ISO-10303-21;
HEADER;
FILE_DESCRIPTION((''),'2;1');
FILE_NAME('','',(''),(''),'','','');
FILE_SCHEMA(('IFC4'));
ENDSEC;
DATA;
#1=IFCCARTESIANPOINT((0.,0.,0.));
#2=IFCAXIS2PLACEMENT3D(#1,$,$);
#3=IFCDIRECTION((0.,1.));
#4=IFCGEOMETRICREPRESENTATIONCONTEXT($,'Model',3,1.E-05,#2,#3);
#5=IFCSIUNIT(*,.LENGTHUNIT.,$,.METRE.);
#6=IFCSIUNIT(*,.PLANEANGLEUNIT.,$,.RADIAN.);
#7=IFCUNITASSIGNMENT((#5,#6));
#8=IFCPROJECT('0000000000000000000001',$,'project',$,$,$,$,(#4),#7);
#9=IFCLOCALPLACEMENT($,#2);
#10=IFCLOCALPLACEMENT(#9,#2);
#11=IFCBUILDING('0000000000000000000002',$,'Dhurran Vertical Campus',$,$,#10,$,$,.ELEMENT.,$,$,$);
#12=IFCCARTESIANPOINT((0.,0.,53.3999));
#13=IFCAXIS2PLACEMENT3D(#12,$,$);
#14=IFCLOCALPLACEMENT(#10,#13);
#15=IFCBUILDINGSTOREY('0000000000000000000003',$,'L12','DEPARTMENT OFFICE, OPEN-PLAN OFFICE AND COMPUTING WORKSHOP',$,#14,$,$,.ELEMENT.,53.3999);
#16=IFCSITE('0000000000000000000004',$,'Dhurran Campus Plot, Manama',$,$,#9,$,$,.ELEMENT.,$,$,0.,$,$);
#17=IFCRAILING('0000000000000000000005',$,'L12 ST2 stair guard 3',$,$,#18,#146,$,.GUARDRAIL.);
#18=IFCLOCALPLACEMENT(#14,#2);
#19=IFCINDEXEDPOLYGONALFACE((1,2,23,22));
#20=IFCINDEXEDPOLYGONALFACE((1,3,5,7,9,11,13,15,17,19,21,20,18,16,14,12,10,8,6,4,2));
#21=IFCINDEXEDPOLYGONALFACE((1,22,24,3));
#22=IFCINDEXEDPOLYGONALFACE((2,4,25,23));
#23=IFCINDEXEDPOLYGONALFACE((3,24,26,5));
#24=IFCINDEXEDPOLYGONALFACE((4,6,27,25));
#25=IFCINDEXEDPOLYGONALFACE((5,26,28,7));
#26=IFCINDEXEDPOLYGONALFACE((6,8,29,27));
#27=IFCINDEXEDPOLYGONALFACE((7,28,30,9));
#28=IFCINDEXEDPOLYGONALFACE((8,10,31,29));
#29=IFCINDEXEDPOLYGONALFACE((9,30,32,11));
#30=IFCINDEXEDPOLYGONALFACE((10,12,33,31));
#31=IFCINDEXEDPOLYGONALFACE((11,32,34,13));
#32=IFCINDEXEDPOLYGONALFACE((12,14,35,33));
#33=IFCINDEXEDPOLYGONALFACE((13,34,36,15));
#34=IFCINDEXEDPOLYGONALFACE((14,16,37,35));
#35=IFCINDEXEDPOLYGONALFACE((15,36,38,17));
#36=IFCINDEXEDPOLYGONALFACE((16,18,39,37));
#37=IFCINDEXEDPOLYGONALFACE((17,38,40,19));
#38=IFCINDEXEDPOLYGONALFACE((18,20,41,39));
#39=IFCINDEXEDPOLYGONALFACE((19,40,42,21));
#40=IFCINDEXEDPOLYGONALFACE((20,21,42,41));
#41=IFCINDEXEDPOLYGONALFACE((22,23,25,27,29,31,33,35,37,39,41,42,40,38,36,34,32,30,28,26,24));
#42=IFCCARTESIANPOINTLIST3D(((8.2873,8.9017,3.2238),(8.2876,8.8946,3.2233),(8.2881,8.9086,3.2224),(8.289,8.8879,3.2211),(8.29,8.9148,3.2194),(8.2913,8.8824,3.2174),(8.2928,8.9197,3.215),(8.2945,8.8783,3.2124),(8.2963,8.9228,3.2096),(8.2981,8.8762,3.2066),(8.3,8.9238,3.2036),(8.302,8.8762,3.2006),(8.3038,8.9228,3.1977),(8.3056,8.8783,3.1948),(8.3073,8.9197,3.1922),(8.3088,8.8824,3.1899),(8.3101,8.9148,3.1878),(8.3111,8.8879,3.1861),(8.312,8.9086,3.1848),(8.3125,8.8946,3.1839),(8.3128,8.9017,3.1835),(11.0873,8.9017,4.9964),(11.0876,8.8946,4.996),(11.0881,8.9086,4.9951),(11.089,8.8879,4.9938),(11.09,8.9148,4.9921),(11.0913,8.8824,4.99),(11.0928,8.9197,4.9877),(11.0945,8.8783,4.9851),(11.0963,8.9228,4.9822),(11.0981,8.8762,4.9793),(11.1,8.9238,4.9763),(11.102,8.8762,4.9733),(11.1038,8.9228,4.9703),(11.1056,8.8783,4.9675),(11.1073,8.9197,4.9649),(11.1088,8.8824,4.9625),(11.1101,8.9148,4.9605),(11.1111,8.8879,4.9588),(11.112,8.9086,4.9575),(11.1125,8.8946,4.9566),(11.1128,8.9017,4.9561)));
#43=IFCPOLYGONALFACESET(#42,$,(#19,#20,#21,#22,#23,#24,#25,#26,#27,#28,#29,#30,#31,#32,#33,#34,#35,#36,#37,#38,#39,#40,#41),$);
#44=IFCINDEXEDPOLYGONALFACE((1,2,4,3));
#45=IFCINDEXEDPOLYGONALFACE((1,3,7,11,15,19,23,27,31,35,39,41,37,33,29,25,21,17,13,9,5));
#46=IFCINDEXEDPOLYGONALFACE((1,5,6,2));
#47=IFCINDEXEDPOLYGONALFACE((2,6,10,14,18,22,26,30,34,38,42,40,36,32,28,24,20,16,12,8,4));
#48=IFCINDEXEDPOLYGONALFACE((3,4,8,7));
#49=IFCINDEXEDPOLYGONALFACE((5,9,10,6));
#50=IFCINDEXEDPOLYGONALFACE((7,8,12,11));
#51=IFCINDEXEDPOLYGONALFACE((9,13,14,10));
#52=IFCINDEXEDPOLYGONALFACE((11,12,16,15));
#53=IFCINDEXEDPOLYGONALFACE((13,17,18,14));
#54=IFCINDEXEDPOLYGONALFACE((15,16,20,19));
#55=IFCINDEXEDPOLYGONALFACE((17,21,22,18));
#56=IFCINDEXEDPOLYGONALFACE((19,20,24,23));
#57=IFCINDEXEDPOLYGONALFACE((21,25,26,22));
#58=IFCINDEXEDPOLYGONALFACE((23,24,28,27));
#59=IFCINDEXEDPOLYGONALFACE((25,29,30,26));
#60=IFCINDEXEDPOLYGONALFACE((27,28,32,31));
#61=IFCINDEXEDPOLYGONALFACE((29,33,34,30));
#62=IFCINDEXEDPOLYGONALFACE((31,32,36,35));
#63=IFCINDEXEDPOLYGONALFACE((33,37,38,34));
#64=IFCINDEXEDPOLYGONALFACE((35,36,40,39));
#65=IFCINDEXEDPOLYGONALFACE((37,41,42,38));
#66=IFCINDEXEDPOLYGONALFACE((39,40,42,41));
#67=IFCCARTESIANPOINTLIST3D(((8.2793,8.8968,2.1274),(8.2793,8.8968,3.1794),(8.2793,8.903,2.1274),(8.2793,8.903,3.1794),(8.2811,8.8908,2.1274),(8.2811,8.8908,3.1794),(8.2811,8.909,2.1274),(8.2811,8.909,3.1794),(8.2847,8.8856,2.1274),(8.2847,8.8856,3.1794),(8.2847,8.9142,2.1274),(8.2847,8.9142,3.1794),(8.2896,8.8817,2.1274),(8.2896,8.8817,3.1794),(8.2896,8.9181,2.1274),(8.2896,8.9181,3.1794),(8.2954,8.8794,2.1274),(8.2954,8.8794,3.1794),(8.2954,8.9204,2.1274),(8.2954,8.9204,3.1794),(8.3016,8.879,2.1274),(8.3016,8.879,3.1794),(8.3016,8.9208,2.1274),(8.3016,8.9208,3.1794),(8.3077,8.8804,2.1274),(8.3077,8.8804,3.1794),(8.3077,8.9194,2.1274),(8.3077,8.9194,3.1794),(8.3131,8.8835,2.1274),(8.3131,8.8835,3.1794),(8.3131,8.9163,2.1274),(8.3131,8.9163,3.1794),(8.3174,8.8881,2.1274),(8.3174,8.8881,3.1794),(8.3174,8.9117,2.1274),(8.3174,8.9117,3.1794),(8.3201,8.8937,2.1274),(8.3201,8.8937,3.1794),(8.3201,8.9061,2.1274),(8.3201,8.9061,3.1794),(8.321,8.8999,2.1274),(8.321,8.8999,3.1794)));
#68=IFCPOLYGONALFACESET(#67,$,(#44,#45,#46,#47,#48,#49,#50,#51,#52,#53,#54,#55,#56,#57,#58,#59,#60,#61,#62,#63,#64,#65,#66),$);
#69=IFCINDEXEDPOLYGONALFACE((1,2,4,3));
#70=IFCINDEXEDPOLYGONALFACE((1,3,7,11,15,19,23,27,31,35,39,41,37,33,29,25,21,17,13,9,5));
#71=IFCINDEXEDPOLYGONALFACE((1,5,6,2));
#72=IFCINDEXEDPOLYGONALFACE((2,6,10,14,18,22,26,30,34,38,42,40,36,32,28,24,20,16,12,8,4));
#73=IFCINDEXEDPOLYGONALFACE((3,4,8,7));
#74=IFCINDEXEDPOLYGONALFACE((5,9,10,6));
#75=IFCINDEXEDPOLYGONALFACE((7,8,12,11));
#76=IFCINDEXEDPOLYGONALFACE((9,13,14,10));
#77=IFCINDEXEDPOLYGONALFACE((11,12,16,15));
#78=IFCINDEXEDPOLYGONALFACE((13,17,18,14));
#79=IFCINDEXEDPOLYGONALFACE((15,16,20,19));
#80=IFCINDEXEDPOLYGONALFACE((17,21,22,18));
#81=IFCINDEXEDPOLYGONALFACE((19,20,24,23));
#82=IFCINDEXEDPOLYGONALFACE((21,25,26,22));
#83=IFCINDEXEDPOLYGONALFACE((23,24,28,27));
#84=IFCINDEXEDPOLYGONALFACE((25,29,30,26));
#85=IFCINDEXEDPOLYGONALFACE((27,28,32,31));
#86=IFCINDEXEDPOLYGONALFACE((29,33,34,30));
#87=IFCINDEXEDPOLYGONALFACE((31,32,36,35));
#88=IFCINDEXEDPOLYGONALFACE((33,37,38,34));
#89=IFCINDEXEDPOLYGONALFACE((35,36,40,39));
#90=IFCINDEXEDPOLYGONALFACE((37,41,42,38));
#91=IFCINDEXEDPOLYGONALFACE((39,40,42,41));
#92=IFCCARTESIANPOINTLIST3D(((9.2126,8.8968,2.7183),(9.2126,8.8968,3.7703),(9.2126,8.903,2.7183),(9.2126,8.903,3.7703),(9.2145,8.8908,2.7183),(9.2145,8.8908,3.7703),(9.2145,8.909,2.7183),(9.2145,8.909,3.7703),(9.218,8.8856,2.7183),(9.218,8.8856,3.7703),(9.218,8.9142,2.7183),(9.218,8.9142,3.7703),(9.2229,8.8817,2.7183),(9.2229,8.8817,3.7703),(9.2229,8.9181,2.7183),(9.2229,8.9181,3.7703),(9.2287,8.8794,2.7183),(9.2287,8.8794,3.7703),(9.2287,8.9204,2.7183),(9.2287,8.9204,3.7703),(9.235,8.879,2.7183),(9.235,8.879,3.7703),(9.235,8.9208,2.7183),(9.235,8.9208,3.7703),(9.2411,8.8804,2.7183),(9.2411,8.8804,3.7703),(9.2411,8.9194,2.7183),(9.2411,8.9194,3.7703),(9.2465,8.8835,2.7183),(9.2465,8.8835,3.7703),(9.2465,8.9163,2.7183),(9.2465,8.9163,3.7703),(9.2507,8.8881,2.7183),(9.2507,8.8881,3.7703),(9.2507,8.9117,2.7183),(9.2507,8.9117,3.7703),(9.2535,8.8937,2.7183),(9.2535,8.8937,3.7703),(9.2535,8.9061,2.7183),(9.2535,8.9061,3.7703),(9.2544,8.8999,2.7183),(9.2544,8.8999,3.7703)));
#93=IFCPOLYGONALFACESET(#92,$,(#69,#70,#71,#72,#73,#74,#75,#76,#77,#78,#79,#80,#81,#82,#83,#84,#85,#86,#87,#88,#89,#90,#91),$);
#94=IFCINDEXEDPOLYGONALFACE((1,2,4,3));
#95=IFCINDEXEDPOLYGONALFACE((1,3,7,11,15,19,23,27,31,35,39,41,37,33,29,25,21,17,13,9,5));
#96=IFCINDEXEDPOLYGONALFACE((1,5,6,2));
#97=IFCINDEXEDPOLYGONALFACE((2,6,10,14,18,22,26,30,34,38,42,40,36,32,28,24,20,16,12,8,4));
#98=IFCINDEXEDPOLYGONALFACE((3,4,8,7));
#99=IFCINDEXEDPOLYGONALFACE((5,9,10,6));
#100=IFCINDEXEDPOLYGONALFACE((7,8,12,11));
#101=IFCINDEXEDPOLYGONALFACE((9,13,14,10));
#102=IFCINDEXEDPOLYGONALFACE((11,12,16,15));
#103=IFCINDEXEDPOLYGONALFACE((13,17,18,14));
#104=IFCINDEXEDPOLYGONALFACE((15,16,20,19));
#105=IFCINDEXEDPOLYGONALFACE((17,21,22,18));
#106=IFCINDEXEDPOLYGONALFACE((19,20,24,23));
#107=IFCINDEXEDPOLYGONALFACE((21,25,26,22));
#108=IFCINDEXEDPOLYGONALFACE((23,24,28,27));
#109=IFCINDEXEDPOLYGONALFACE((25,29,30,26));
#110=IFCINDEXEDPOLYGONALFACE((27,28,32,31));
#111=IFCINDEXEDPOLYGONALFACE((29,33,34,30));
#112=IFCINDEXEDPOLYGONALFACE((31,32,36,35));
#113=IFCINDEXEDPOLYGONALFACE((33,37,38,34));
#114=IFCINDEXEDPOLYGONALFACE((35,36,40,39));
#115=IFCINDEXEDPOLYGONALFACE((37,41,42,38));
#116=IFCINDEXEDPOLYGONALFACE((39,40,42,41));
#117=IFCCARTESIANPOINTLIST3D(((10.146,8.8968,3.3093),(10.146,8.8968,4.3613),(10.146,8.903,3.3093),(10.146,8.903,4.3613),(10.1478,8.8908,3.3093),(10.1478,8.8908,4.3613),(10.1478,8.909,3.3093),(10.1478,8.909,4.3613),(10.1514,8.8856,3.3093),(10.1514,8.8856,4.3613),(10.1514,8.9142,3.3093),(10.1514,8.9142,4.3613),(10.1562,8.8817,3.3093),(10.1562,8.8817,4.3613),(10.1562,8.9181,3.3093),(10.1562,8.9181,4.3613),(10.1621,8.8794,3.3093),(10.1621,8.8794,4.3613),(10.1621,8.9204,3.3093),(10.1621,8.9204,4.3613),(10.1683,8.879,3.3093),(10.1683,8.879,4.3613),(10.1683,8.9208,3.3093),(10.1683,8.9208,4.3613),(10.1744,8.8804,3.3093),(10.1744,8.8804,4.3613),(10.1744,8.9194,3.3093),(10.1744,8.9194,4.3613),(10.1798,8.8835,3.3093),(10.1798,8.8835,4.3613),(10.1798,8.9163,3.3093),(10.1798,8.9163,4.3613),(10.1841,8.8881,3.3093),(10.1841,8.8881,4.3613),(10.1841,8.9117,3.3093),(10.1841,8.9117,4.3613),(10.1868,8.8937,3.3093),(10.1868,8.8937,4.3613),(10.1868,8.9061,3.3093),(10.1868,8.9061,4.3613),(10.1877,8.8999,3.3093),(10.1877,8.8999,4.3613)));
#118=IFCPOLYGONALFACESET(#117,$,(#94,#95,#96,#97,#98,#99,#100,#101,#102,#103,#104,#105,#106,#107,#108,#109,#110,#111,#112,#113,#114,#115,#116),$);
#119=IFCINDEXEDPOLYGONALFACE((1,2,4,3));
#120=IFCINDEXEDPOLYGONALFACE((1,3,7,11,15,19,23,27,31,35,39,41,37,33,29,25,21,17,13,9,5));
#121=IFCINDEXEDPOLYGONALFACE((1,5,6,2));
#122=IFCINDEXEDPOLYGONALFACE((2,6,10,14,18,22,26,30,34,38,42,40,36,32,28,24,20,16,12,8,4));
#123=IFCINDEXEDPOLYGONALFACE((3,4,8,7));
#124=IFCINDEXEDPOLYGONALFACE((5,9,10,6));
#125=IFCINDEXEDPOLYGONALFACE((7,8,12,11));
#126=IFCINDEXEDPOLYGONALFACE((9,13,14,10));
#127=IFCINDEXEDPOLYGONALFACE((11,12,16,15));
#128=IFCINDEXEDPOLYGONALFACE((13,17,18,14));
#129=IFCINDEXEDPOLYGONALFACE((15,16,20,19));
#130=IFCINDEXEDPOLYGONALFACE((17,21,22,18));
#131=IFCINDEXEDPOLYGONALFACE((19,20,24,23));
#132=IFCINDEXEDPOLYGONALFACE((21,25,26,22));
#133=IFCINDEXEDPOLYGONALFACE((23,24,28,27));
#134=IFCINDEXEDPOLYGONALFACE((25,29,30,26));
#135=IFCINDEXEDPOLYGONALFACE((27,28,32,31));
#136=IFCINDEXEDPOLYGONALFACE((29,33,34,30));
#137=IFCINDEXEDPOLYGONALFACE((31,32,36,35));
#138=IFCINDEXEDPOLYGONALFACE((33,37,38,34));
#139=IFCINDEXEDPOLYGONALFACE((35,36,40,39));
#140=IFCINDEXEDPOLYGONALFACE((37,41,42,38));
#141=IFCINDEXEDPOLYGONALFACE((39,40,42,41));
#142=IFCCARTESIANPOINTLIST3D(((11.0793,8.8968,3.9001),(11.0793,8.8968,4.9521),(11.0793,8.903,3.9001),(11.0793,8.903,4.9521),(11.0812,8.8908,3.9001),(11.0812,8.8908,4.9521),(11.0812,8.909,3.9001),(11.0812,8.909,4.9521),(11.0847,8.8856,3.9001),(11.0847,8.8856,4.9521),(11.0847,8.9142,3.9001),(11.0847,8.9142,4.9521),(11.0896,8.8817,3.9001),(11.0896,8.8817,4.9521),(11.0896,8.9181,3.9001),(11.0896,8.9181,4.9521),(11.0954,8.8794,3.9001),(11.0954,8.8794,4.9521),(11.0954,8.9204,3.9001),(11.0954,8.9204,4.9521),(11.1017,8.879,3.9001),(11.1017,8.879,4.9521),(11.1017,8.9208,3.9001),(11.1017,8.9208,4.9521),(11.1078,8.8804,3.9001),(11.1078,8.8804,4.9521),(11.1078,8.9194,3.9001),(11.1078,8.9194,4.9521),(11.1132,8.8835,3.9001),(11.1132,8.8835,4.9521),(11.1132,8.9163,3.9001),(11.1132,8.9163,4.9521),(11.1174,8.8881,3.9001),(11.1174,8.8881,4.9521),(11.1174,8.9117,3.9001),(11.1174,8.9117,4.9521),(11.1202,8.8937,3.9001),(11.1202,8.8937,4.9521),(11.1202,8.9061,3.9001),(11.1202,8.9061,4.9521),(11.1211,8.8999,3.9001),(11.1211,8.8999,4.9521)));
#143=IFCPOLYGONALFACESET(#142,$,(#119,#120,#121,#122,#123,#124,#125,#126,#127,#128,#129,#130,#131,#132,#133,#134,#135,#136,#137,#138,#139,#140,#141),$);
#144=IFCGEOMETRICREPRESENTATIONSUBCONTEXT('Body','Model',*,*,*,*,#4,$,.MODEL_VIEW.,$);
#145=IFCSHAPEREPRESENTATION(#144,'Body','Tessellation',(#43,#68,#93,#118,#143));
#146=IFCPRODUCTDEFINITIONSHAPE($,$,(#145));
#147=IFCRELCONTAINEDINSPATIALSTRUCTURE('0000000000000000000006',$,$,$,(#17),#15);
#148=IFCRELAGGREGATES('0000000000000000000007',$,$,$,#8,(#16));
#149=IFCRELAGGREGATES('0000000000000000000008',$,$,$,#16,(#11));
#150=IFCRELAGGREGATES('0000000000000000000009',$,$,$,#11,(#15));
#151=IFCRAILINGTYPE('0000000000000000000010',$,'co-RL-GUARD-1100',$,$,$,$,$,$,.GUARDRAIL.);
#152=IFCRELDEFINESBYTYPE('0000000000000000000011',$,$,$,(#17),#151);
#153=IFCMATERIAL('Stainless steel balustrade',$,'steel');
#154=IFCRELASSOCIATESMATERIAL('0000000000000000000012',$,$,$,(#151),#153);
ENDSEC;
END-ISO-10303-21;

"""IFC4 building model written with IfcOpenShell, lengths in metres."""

from ifc_helpers import new_model, si_unit, direction, frame, origin, origin_2d, place, context, subcontext, project, spatial, circle, extrude, material, type_object, element, save


model = new_model("IFC4")

# Units and contexts
model_context = context("Model", 3, precision=1e-05, world=origin(), true_north=direction((0.0, 1.0)))
body_context = subcontext(model_context, "Body", "Model", "MODEL_VIEW")
ifc_project = project(units=[si_unit("LENGTHUNIT", "METRE"), si_unit("PLANEANGLEUNIT", "RADIAN")], contexts=[model_context])

# Site, building, storey
site_placement = place(None, origin())
site = spatial("IfcSite", under=ifc_project, at=site_placement, Name="Dhurran Campus Plot, Manama", CompositionType="ELEMENT", RefElevation=0.0)
building_placement = place(site_placement, origin())
building = spatial("IfcBuilding", under=site, at=building_placement, Name="Dhurran Vertical Campus", CompositionType="ELEMENT")
storey_placement = place(building_placement, frame((0.0, 0.0, 53.3999)))
storey = spatial("IfcBuildingStorey", under=building, at=storey_placement, Name="L12", Description="DEPARTMENT OFFICE, OPEN-PLAN OFFICE AND COMPUTING WORKSHOP", CompositionType="ELEMENT", Elevation=53.3999)

# Railing
ifc_material_1 = material(Name="Stainless steel balustrade", Category="steel")
railing_type_1 = type_object("IfcRailingType", Name="co-RL-GUARD-1100", PredefinedType="GUARDRAIL", material=ifc_material_1)
railing_1_placement = place(storey_placement, frame((8.3, 8.8999, 2.1274)))
element("IfcRailing", 1, at=railing_1_placement, inside=storey, type_object=railing_type_1, Name="L12 ST2 stair guard 3", PredefinedType="GUARDRAIL", context=body_context, shape_type="SweptSolid", body=[
    extrude(circle(Radius=0.0239, at=origin_2d()), frame((0.0, 0.0, 1.0762), z_axis=(0.844909, 0.0, 0.53491), x_axis=(0.0, 1.0, 0.0)), (0.0, 0.0, 1.0), 3.314),
    extrude(circle(Radius=0.021, at=origin_2d()), origin(), (0.0, 0.0, 1.0), 1.052),
    extrude(circle(Radius=0.021, at=origin_2d()), frame((0.9333, 0.0, 0.5908)), (0.0, 0.0, 1.0), 1.052),
    extrude(circle(Radius=0.021, at=origin_2d()), frame((1.8667, 0.0, 1.1819)), (0.0, 0.0, 1.0), 1.052),
    extrude(circle(Radius=0.021, at=origin_2d()), frame((2.8, 0.0, 1.7727)), (0.0, 0.0, 1.0), 1.052),
])

save(model, "model.ifc")
